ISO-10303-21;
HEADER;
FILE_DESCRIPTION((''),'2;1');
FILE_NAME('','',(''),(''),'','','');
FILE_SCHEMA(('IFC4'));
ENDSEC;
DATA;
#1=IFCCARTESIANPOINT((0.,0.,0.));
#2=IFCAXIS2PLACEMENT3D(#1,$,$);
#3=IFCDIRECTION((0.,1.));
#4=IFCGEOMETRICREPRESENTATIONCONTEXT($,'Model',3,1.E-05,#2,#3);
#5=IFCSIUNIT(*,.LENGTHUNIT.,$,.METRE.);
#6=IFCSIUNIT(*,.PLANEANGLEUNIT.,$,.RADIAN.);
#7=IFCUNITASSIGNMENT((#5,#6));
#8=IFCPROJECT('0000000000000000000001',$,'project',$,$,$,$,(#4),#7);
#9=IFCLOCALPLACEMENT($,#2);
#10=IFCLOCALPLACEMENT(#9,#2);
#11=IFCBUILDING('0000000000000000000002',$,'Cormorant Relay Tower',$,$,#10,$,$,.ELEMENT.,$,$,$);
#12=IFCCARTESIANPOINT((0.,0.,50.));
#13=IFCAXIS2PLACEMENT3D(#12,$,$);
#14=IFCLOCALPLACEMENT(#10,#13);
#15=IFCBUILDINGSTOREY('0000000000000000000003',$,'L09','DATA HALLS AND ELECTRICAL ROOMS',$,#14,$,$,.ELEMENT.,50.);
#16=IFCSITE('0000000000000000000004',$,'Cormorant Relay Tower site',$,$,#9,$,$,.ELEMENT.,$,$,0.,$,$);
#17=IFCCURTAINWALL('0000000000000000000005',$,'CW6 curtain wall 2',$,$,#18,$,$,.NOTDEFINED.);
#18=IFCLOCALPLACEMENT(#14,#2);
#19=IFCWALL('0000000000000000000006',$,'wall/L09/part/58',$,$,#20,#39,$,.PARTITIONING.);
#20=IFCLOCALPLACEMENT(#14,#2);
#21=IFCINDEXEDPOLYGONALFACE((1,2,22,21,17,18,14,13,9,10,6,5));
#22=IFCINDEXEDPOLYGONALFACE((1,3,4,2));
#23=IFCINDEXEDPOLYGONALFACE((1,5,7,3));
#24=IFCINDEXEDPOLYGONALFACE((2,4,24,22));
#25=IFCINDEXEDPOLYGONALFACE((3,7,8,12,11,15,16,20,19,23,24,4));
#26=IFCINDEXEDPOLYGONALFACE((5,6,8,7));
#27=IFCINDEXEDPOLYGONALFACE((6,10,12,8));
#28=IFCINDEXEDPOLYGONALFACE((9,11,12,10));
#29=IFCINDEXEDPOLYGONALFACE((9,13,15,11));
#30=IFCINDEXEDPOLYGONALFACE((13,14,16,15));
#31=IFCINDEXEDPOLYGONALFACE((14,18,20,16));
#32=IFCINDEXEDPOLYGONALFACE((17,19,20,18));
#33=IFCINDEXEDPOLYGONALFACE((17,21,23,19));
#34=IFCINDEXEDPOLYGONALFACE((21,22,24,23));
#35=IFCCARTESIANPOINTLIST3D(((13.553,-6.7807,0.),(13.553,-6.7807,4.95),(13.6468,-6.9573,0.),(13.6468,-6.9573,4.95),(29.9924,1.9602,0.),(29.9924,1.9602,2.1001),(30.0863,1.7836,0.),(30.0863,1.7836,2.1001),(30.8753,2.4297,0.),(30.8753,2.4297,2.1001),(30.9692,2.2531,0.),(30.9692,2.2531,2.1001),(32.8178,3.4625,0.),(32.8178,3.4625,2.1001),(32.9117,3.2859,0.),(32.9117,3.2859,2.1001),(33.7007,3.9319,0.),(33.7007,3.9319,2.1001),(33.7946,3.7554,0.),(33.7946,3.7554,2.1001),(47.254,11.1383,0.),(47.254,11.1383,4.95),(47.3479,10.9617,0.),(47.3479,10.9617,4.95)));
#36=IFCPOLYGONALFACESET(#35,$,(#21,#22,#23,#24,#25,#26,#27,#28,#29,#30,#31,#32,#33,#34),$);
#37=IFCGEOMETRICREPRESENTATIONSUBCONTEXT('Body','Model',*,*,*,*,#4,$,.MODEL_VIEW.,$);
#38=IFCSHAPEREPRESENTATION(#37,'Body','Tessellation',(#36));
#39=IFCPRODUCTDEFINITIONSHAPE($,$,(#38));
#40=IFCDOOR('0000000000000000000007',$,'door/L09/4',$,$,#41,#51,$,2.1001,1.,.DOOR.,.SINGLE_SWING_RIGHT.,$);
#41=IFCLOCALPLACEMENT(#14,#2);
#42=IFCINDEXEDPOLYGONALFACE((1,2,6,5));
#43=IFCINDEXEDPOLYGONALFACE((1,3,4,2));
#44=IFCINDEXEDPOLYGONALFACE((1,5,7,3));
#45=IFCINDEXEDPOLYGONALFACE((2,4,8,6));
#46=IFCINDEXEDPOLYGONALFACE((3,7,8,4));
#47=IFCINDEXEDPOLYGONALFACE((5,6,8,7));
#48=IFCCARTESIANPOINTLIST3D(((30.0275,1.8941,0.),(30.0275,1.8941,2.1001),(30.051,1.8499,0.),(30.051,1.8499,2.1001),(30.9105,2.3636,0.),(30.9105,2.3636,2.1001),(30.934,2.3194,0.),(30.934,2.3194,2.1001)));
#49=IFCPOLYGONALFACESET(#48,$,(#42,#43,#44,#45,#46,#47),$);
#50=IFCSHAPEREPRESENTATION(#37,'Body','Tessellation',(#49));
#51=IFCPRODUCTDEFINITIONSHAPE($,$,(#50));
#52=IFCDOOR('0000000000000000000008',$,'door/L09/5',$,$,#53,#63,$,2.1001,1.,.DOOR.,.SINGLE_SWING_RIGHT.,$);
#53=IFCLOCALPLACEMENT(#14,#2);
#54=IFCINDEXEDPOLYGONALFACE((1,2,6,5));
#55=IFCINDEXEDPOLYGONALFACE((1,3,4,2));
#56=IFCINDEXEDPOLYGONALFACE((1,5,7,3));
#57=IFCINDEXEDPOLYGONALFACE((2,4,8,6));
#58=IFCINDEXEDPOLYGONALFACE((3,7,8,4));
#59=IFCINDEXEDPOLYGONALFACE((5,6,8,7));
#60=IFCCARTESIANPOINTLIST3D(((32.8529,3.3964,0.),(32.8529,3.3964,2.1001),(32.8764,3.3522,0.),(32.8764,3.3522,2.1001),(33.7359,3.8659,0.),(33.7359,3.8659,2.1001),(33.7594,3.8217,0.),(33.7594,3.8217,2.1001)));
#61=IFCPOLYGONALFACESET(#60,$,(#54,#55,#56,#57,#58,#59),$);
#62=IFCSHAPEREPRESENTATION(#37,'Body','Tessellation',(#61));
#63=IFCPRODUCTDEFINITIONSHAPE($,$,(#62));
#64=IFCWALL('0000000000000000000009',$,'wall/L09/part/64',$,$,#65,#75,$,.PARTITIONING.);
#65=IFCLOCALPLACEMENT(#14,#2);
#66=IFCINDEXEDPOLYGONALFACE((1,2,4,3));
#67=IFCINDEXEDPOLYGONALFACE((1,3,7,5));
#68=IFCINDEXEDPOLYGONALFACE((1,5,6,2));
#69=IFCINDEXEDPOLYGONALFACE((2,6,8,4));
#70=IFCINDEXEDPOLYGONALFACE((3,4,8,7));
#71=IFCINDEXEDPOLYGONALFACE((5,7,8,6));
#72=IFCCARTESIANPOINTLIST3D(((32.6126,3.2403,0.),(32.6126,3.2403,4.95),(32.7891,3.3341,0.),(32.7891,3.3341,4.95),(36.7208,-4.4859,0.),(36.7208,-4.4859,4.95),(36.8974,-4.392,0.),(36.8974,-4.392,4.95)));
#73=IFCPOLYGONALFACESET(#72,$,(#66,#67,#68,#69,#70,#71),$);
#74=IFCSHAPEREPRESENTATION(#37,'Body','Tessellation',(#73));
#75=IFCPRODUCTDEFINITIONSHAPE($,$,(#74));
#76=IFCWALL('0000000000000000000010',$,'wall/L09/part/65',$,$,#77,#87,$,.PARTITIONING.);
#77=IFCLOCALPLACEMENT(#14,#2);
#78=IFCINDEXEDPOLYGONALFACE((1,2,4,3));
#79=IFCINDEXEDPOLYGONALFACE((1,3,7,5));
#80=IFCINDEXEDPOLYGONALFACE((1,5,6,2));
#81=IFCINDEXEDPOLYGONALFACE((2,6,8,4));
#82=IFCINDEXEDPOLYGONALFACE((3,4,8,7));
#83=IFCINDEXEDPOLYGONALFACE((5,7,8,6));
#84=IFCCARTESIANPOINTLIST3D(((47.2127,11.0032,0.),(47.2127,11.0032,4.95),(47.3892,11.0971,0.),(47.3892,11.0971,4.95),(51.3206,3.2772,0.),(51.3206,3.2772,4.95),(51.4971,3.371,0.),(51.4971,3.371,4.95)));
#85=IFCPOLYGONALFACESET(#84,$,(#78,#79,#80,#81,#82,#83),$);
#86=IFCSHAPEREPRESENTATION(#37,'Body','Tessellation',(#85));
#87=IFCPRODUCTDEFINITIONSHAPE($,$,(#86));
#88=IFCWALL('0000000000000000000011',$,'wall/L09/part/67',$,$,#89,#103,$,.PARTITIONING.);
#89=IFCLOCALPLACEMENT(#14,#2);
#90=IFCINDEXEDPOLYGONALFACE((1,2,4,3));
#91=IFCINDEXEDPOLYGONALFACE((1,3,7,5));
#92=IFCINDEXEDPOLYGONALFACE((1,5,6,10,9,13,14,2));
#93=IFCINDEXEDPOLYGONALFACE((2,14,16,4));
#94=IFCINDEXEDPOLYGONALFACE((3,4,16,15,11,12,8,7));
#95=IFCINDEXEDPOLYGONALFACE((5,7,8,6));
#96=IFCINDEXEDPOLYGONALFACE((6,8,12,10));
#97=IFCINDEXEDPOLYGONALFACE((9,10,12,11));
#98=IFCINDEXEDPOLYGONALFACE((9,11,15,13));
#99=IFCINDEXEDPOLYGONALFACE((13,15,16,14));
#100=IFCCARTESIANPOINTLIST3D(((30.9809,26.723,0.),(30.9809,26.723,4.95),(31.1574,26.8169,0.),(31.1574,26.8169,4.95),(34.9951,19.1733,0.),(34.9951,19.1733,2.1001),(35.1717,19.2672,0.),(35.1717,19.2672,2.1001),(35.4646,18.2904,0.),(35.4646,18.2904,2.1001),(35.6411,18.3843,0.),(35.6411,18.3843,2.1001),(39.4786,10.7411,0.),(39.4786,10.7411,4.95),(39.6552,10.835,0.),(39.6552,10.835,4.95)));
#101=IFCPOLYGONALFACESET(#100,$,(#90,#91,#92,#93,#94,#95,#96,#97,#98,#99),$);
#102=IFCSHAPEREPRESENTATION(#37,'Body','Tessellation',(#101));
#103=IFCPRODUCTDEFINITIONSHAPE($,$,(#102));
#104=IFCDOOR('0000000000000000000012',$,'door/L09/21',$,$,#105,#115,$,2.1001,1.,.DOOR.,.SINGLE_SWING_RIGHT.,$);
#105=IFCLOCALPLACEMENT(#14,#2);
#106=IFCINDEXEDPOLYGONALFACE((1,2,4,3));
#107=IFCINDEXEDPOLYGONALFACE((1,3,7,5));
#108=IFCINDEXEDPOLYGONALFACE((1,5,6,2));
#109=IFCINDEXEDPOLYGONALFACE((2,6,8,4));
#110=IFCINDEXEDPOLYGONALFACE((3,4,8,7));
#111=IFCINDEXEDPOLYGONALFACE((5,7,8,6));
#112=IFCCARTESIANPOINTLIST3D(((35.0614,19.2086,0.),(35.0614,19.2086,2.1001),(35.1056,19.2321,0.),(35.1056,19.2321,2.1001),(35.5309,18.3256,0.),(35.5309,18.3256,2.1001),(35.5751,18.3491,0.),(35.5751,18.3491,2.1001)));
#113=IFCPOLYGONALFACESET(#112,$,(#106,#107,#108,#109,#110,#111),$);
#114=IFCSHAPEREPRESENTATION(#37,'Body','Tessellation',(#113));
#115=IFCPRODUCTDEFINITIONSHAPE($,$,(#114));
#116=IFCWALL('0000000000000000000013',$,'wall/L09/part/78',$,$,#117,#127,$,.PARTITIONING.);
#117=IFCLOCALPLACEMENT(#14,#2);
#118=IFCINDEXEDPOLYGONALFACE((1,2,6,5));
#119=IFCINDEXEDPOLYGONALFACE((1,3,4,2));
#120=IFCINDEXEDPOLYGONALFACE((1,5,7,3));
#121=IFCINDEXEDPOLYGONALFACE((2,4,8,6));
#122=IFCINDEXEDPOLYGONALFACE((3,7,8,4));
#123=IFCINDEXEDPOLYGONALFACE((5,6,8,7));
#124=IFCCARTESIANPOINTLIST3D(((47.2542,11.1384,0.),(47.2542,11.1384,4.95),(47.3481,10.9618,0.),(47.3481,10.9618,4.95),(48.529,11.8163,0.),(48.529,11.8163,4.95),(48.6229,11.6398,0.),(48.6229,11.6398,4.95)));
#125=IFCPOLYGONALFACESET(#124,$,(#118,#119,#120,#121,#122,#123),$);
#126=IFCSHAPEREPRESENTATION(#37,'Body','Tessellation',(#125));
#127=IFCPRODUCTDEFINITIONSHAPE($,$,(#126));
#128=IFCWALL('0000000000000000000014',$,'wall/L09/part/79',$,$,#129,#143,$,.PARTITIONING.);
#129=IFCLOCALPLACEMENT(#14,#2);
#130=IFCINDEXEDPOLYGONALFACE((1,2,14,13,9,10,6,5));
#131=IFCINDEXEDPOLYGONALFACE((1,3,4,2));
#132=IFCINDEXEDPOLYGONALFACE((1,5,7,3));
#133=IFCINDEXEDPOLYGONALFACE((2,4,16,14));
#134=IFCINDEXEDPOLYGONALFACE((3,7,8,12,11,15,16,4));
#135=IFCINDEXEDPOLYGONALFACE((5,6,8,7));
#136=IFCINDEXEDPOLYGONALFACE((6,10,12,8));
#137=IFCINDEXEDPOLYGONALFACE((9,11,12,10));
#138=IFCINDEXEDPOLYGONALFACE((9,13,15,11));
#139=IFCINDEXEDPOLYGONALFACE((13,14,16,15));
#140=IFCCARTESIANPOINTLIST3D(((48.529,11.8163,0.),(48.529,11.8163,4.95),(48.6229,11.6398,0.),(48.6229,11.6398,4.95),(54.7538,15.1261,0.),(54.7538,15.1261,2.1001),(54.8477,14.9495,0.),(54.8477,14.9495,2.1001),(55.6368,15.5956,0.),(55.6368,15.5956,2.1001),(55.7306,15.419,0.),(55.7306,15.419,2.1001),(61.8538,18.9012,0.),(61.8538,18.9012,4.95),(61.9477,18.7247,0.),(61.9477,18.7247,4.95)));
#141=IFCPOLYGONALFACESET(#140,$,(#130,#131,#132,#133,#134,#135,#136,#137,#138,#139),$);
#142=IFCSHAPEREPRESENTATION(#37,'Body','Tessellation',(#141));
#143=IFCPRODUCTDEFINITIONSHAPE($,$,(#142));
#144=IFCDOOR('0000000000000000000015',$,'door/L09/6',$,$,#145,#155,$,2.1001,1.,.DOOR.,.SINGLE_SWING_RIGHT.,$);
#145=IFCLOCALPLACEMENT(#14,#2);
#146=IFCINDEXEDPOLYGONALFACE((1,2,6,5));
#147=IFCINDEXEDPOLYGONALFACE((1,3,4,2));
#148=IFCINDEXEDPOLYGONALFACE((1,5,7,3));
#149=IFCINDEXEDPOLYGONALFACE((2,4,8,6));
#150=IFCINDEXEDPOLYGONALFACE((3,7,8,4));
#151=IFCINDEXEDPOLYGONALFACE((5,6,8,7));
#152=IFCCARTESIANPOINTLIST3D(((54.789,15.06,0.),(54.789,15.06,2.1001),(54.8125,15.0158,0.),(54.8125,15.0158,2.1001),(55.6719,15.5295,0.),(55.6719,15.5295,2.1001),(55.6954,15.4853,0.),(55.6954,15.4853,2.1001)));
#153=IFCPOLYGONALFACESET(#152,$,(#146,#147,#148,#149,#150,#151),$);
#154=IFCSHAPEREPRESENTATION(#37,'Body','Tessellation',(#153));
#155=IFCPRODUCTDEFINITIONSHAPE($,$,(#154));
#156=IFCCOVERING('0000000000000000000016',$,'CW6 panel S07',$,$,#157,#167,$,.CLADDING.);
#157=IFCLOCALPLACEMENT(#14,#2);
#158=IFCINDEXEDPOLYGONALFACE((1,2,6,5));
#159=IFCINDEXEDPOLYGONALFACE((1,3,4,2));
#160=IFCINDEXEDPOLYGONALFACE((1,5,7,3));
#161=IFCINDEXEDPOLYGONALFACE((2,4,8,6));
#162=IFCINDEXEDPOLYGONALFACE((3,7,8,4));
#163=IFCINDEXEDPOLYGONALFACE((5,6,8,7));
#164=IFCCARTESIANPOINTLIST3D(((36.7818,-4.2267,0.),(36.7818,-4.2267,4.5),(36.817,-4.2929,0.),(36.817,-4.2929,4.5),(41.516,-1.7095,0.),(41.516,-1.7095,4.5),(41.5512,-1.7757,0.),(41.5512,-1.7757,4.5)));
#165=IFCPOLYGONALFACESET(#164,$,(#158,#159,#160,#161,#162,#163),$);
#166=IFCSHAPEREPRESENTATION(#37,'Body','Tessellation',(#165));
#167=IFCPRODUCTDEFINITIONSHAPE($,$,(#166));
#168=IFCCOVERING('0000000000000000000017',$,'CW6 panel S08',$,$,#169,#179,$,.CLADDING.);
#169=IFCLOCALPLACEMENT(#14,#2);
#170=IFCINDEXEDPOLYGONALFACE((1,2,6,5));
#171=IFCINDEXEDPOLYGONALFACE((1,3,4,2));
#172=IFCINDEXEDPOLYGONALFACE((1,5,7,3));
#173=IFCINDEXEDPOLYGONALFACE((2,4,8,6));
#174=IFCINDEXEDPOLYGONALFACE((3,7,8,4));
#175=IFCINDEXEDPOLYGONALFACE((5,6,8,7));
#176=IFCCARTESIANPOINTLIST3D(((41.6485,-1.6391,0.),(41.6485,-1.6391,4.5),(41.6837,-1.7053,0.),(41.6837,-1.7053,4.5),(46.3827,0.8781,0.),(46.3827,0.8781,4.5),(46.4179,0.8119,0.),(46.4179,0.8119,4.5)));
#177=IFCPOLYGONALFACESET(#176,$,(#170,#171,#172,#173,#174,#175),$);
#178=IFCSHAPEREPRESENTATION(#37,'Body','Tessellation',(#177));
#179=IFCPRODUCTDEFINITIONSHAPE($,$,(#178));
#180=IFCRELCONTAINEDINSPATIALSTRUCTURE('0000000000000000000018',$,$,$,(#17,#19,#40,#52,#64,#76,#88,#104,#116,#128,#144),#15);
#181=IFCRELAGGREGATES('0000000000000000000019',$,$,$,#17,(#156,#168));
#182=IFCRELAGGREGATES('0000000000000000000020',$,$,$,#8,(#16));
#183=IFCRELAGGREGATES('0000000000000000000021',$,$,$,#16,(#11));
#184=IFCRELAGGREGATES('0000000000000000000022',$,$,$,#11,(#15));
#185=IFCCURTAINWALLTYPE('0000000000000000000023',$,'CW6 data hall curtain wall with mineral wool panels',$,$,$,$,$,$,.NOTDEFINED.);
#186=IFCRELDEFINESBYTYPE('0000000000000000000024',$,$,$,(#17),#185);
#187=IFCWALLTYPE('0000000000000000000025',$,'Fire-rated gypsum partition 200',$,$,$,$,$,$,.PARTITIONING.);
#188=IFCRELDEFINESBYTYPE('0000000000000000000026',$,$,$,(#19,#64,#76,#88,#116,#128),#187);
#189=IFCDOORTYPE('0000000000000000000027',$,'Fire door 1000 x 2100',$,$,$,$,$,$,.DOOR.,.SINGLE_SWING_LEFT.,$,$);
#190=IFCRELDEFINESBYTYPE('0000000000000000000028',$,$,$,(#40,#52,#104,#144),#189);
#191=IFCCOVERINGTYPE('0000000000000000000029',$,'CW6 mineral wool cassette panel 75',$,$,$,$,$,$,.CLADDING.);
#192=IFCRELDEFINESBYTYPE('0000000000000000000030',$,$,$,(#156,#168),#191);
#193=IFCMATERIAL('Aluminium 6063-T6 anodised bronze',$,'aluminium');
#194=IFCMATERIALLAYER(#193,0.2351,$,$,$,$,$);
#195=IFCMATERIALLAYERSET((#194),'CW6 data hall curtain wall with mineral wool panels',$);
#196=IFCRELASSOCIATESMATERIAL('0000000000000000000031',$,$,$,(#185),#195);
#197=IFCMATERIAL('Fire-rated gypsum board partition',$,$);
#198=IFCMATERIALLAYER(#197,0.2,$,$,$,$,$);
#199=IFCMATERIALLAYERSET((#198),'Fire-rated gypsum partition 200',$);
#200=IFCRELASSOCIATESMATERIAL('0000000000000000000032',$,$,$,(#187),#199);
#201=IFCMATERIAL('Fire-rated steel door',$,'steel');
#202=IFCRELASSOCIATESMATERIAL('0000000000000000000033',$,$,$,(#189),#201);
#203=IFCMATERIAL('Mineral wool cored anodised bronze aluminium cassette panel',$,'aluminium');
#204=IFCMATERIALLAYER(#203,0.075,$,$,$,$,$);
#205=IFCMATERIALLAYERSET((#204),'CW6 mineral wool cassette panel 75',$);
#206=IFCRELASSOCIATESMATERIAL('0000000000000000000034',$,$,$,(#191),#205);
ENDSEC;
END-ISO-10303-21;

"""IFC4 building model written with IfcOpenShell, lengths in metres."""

from ifc_helpers import new_model, si_unit, direction, frame, frame_2d, origin, origin_2d, place, context, subcontext, project, spatial, rectangle, extrude, material, layer, layer_set, type_object, element, fill, aggregate, save


model = new_model("IFC4")

# Units and contexts
model_context = context("Model", 3, precision=1e-05, world=origin(), true_north=direction((0.0, 1.0)))
body_context = subcontext(model_context, "Body", "Model", "MODEL_VIEW")
ifc_project = project(units=[si_unit("LENGTHUNIT", "METRE"), si_unit("PLANEANGLEUNIT", "RADIAN")], contexts=[model_context])

# Site, building, storey
site_placement = place(None, origin())
site = spatial("IfcSite", under=ifc_project, at=site_placement, Name="Cormorant Relay Tower site", CompositionType="ELEMENT", RefElevation=0.0)
building_placement = place(site_placement, origin())
building = spatial("IfcBuilding", under=site, at=building_placement, Name="Cormorant Relay Tower", CompositionType="ELEMENT")
storey_placement = place(building_placement, frame((0.0, 0.0, 50.0)))
storey = spatial("IfcBuildingStorey", under=building, at=storey_placement, Name="L09", Description="DATA HALLS AND ELECTRICAL ROOMS", CompositionType="ELEMENT", Elevation=50.0)

# Curtain wall
ifc_material_1 = material(Name="Aluminium 6063-T6 anodised bronze", Category="aluminium")
ifc_layer_1 = layer(ifc_material_1, 0.2351)
ifc_layer_set_1 = layer_set([ifc_layer_1], Name="CW6 data hall curtain wall with mineral wool panels")
curtain_wall_type = type_object("IfcCurtainWallType", Name="CW6 data hall curtain wall with mineral wool panels", PredefinedType="NOTDEFINED", material=ifc_layer_set_1)
curtain_wall_1_placement = place(storey_placement, origin())
curtain_wall_1 = element("IfcCurtainWall", 1, at=curtain_wall_1_placement, inside=storey, type_object=curtain_wall_type, Name="CW6 curtain wall 2", PredefinedType="NOTDEFINED")

# Wall, openings, doors
ifc_material_2 = material(Name="Fire-rated gypsum board partition")
ifc_layer_2 = layer(ifc_material_2, 0.2)
ifc_layer_set_2 = layer_set([ifc_layer_2], Name="Fire-rated gypsum partition 200")
wall_type_1 = type_object("IfcWallType", Name="Fire-rated gypsum partition 200", PredefinedType="PARTITIONING", material=ifc_layer_set_2)
wall_1_placement = place(storey_placement, frame((47.301, 11.05, 0.0), z_axis=(0.0, 0.0, 1.0), x_axis=(-0.882949, -0.469468, 0.0)))
wall_1 = element("IfcWall", 2, at=wall_1_placement, inside=storey, type_object=wall_type_1, Name="wall/L09/part/58", PredefinedType="PARTITIONING", context=body_context, shape_type="SweptSolid", body=[
    extrude(rectangle(XDim=38.1687, YDim=0.2, at=frame_2d((19.0845, 0.0))), origin(), (0.0, 0.0, 1.0), 4.95),
])
opening_1_placement = place(wall_1_placement, frame((18.55, 0.0, 0.0)))
opening_1 = element("IfcOpeningElement", 3, at=opening_1_placement, cuts=wall_1, PredefinedType="OPENING", context=body_context, shape_type="SweptSolid", body=[
    extrude(rectangle(XDim=1.0, YDim=2.1001, at=frame_2d((0.5, 1.05))), frame((0.0, 0.1099, 0.0), z_axis=(0.0, -1.0, 0.0), x_axis=(1.0, 0.0, 0.0)), (0.0, 0.0, 1.0), 0.22),
])
opening_2_placement = place(wall_1_placement, frame((15.3501, 0.0, 0.0)))
opening_2 = element("IfcOpeningElement", 4, at=opening_2_placement, cuts=wall_1, PredefinedType="OPENING", context=body_context, shape_type="SweptSolid", body=[
    extrude(rectangle(XDim=1.0, YDim=2.1001, at=frame_2d((0.5, 1.05))), frame((0.0, 0.1099, 0.0), z_axis=(0.0, -1.0, 0.0), x_axis=(1.0, 0.0, 0.0)), (0.0, 0.0, 1.0), 0.22),
])
ifc_material_3 = material(Name="Fire-rated steel door", Category="steel")
door_type_1 = type_object("IfcDoorType", Name="Fire door 1000 x 2100", OperationType="SINGLE_SWING_LEFT", PredefinedType="DOOR", material=ifc_material_3)
door_1_placement = place(opening_1_placement, origin())
door_1 = element("IfcDoor", 5, at=door_1_placement, inside=storey, type_object=door_type_1, Name="door/L09/4", OperationType="SINGLE_SWING_RIGHT", OverallHeight=2.1001, OverallWidth=1.0, PredefinedType="DOOR", context=body_context, shape_type="SweptSolid", body=[
    extrude(rectangle(XDim=1.0, YDim=2.1001, at=frame_2d((0.5, 1.05))), frame((0.0, 0.0249, 0.0), z_axis=(0.0, -1.0, 0.0), x_axis=(1.0, 0.0, 0.0)), (0.0, 0.0, 1.0), 0.05),
])
fill(opening_1, door_1)
door_2_placement = place(opening_2_placement, origin())
door_2 = element("IfcDoor", 6, at=door_2_placement, inside=storey, type_object=door_type_1, Name="door/L09/5", OperationType="SINGLE_SWING_RIGHT", OverallHeight=2.1001, OverallWidth=1.0, PredefinedType="DOOR", context=body_context, shape_type="SweptSolid", body=[
    extrude(rectangle(XDim=1.0, YDim=2.1001, at=frame_2d((0.5, 1.05))), frame((0.0, 0.0249, 0.0), z_axis=(0.0, -1.0, 0.0), x_axis=(1.0, 0.0, 0.0)), (0.0, 0.0, 1.0), 0.05),
])
fill(opening_2, door_2)

# Walls
wall_2_placement = place(storey_placement, frame((36.8091, -4.439, 0.0), z_axis=(0.0, 0.0, 1.0), x_axis=(-0.469483, 0.882942, 0.0)))
element("IfcWall", 7, at=wall_2_placement, inside=storey, type_object=wall_type_1, Name="wall/L09/part/64", PredefinedType="PARTITIONING", context=body_context, shape_type="SweptSolid", body=[
    extrude(rectangle(XDim=8.7505, YDim=0.2, at=frame_2d((4.3752, 0.0))), origin(), (0.0, 0.0, 1.0), 4.95),
])
wall_3_placement = place(storey_placement, frame((47.301, 11.05, 0.0), z_axis=(0.0, 0.0, 1.0), x_axis=(0.469461, -0.882953, 0.0)))
element("IfcWall", 8, at=wall_3_placement, inside=storey, type_object=wall_type_1, Name="wall/L09/part/65", PredefinedType="PARTITIONING", context=body_context, shape_type="SweptSolid", body=[
    extrude(rectangle(XDim=8.7502, YDim=0.2, at=frame_2d((4.375, 0.0))), origin(), (0.0, 0.0, 1.0), 4.95),
])

# Wall, opening, door
wall_4_placement = place(storey_placement, frame((39.5669, 10.7881, 0.0), z_axis=(0.0, 0.0, 1.0), x_axis=(-0.469474, 0.882946, 0.0)))
wall_4 = element("IfcWall", 9, at=wall_4_placement, inside=storey, type_object=wall_type_1, Name="wall/L09/part/67", PredefinedType="PARTITIONING", context=body_context, shape_type="SweptSolid", body=[
    extrude(rectangle(XDim=18.1006, YDim=0.2, at=frame_2d((9.0503, 0.0))), origin(), (0.0, 0.0, 1.0), 4.95),
])
opening_3_placement = place(wall_4_placement, frame((8.55, 0.0, 0.0)))
opening_3 = element("IfcOpeningElement", 10, at=opening_3_placement, cuts=wall_4, PredefinedType="OPENING", context=body_context, shape_type="SweptSolid", body=[
    extrude(rectangle(XDim=1.0, YDim=2.1001, at=frame_2d((0.5, 1.05))), frame((0.0, 0.1099, 0.0), z_axis=(0.0, -1.0, 0.0), x_axis=(1.0, 0.0, 0.0)), (0.0, 0.0, 1.0), 0.22),
])
door_3_placement = place(opening_3_placement, origin())
door_3 = element("IfcDoor", 11, at=door_3_placement, inside=storey, type_object=door_type_1, Name="door/L09/21", OperationType="SINGLE_SWING_RIGHT", OverallHeight=2.1001, OverallWidth=1.0, PredefinedType="DOOR", context=body_context, shape_type="SweptSolid", body=[
    extrude(rectangle(XDim=1.0, YDim=2.1001, at=frame_2d((0.5, 1.05))), frame((0.0, 0.0249, 0.0), z_axis=(0.0, -1.0, 0.0), x_axis=(1.0, 0.0, 0.0)), (0.0, 0.0, 1.0), 0.05),
])
fill(opening_3, door_3)

# Wall
wall_5_placement = place(storey_placement, frame((48.5759, 11.728, 0.0), z_axis=(0.0, 0.0, 1.0), x_axis=(-0.882919, -0.469526, 0.0)))
element("IfcWall", 12, at=wall_5_placement, inside=storey, type_object=wall_type_1, Name="wall/L09/part/78", PredefinedType="PARTITIONING", context=body_context, shape_type="SweptSolid", body=[
    extrude(rectangle(XDim=1.4438, YDim=0.2, at=frame_2d((0.7219, 0.0))), origin(), (0.0, 0.0, 1.0), 4.95),
])

# Wall, opening, door
wall_6_placement = place(storey_placement, frame((48.5759, 11.728, 0.0), z_axis=(0.0, 0.0, 1.0), x_axis=(0.882949, 0.469469, 0.0)))
wall_6 = element("IfcWall", 13, at=wall_6_placement, inside=storey, type_object=wall_type_1, Name="wall/L09/part/79", PredefinedType="PARTITIONING", context=body_context, shape_type="SweptSolid", body=[
    extrude(rectangle(XDim=15.0913, YDim=0.2, at=frame_2d((7.5457, 0.0))), origin(), (0.0, 0.0, 1.0), 4.95),
])
opening_4_placement = place(wall_6_placement, frame((7.05, 0.0, 0.0)))
opening_4 = element("IfcOpeningElement", 14, at=opening_4_placement, cuts=wall_6, PredefinedType="OPENING", context=body_context, shape_type="SweptSolid", body=[
    extrude(rectangle(XDim=1.0, YDim=2.1001, at=frame_2d((0.5, 1.05))), frame((0.0, 0.1099, 0.0), z_axis=(0.0, -1.0, 0.0), x_axis=(1.0, 0.0, 0.0)), (0.0, 0.0, 1.0), 0.22),
])
door_4_placement = place(opening_4_placement, frame((1.0, 0.0, 0.0), z_axis=(0.0, 0.0, 1.0), x_axis=(-1.0, 0.0, 0.0)))
door_4 = element("IfcDoor", 15, at=door_4_placement, inside=storey, type_object=door_type_1, Name="door/L09/6", OperationType="SINGLE_SWING_RIGHT", OverallHeight=2.1001, OverallWidth=1.0, PredefinedType="DOOR", context=body_context, shape_type="SweptSolid", body=[
    extrude(rectangle(XDim=1.0, YDim=2.1001, at=frame_2d((0.5, 1.05))), frame((0.0, 0.0249, 0.0), z_axis=(0.0, -1.0, 0.0), x_axis=(1.0, 0.0, 0.0)), (0.0, 0.0, 1.0), 0.05),
])
fill(opening_4, door_4)

# Coverings
ifc_material_4 = material(Name="Mineral wool cored anodised bronze aluminium cassette panel", Category="aluminium")
ifc_layer_3 = layer(ifc_material_4, 0.075)
ifc_layer_set_3 = layer_set([ifc_layer_3], Name="CW6 mineral wool cassette panel 75")
covering_type = type_object("IfcCoveringType", Name="CW6 mineral wool cassette panel 75", PredefinedType="CLADDING", material=ifc_layer_set_3)
covering_1_placement = place(storey_placement, frame((39.1665, -3.0012, 0.0), z_axis=(0.0, 0.0, 1.0), x_axis=(0.882948, 0.469472, 0.0)))
covering_1 = element("IfcCovering", 16, at=covering_1_placement, type_object=covering_type, Name="CW6 panel S07", PredefinedType="CLADDING", context=body_context, shape_type="SweptSolid", body=[
    extrude(rectangle(XDim=5.3618, YDim=0.075, at=origin_2d()), origin(), (0.0, 0.0, 1.0), 4.5),
])
covering_2_placement = place(storey_placement, frame((44.0332, -0.4136, 0.0), z_axis=(0.0, 0.0, 1.0), x_axis=(0.882948, 0.469472, 0.0)))
covering_2 = element("IfcCovering", 17, at=covering_2_placement, type_object=covering_type, Name="CW6 panel S08", PredefinedType="CLADDING", context=body_context, shape_type="SweptSolid", body=[
    extrude(rectangle(XDim=5.3618, YDim=0.075, at=origin_2d()), origin(), (0.0, 0.0, 1.0), 4.5),
])
aggregate(curtain_wall_1, [covering_1, covering_2])

save(model, "model.ifc")
